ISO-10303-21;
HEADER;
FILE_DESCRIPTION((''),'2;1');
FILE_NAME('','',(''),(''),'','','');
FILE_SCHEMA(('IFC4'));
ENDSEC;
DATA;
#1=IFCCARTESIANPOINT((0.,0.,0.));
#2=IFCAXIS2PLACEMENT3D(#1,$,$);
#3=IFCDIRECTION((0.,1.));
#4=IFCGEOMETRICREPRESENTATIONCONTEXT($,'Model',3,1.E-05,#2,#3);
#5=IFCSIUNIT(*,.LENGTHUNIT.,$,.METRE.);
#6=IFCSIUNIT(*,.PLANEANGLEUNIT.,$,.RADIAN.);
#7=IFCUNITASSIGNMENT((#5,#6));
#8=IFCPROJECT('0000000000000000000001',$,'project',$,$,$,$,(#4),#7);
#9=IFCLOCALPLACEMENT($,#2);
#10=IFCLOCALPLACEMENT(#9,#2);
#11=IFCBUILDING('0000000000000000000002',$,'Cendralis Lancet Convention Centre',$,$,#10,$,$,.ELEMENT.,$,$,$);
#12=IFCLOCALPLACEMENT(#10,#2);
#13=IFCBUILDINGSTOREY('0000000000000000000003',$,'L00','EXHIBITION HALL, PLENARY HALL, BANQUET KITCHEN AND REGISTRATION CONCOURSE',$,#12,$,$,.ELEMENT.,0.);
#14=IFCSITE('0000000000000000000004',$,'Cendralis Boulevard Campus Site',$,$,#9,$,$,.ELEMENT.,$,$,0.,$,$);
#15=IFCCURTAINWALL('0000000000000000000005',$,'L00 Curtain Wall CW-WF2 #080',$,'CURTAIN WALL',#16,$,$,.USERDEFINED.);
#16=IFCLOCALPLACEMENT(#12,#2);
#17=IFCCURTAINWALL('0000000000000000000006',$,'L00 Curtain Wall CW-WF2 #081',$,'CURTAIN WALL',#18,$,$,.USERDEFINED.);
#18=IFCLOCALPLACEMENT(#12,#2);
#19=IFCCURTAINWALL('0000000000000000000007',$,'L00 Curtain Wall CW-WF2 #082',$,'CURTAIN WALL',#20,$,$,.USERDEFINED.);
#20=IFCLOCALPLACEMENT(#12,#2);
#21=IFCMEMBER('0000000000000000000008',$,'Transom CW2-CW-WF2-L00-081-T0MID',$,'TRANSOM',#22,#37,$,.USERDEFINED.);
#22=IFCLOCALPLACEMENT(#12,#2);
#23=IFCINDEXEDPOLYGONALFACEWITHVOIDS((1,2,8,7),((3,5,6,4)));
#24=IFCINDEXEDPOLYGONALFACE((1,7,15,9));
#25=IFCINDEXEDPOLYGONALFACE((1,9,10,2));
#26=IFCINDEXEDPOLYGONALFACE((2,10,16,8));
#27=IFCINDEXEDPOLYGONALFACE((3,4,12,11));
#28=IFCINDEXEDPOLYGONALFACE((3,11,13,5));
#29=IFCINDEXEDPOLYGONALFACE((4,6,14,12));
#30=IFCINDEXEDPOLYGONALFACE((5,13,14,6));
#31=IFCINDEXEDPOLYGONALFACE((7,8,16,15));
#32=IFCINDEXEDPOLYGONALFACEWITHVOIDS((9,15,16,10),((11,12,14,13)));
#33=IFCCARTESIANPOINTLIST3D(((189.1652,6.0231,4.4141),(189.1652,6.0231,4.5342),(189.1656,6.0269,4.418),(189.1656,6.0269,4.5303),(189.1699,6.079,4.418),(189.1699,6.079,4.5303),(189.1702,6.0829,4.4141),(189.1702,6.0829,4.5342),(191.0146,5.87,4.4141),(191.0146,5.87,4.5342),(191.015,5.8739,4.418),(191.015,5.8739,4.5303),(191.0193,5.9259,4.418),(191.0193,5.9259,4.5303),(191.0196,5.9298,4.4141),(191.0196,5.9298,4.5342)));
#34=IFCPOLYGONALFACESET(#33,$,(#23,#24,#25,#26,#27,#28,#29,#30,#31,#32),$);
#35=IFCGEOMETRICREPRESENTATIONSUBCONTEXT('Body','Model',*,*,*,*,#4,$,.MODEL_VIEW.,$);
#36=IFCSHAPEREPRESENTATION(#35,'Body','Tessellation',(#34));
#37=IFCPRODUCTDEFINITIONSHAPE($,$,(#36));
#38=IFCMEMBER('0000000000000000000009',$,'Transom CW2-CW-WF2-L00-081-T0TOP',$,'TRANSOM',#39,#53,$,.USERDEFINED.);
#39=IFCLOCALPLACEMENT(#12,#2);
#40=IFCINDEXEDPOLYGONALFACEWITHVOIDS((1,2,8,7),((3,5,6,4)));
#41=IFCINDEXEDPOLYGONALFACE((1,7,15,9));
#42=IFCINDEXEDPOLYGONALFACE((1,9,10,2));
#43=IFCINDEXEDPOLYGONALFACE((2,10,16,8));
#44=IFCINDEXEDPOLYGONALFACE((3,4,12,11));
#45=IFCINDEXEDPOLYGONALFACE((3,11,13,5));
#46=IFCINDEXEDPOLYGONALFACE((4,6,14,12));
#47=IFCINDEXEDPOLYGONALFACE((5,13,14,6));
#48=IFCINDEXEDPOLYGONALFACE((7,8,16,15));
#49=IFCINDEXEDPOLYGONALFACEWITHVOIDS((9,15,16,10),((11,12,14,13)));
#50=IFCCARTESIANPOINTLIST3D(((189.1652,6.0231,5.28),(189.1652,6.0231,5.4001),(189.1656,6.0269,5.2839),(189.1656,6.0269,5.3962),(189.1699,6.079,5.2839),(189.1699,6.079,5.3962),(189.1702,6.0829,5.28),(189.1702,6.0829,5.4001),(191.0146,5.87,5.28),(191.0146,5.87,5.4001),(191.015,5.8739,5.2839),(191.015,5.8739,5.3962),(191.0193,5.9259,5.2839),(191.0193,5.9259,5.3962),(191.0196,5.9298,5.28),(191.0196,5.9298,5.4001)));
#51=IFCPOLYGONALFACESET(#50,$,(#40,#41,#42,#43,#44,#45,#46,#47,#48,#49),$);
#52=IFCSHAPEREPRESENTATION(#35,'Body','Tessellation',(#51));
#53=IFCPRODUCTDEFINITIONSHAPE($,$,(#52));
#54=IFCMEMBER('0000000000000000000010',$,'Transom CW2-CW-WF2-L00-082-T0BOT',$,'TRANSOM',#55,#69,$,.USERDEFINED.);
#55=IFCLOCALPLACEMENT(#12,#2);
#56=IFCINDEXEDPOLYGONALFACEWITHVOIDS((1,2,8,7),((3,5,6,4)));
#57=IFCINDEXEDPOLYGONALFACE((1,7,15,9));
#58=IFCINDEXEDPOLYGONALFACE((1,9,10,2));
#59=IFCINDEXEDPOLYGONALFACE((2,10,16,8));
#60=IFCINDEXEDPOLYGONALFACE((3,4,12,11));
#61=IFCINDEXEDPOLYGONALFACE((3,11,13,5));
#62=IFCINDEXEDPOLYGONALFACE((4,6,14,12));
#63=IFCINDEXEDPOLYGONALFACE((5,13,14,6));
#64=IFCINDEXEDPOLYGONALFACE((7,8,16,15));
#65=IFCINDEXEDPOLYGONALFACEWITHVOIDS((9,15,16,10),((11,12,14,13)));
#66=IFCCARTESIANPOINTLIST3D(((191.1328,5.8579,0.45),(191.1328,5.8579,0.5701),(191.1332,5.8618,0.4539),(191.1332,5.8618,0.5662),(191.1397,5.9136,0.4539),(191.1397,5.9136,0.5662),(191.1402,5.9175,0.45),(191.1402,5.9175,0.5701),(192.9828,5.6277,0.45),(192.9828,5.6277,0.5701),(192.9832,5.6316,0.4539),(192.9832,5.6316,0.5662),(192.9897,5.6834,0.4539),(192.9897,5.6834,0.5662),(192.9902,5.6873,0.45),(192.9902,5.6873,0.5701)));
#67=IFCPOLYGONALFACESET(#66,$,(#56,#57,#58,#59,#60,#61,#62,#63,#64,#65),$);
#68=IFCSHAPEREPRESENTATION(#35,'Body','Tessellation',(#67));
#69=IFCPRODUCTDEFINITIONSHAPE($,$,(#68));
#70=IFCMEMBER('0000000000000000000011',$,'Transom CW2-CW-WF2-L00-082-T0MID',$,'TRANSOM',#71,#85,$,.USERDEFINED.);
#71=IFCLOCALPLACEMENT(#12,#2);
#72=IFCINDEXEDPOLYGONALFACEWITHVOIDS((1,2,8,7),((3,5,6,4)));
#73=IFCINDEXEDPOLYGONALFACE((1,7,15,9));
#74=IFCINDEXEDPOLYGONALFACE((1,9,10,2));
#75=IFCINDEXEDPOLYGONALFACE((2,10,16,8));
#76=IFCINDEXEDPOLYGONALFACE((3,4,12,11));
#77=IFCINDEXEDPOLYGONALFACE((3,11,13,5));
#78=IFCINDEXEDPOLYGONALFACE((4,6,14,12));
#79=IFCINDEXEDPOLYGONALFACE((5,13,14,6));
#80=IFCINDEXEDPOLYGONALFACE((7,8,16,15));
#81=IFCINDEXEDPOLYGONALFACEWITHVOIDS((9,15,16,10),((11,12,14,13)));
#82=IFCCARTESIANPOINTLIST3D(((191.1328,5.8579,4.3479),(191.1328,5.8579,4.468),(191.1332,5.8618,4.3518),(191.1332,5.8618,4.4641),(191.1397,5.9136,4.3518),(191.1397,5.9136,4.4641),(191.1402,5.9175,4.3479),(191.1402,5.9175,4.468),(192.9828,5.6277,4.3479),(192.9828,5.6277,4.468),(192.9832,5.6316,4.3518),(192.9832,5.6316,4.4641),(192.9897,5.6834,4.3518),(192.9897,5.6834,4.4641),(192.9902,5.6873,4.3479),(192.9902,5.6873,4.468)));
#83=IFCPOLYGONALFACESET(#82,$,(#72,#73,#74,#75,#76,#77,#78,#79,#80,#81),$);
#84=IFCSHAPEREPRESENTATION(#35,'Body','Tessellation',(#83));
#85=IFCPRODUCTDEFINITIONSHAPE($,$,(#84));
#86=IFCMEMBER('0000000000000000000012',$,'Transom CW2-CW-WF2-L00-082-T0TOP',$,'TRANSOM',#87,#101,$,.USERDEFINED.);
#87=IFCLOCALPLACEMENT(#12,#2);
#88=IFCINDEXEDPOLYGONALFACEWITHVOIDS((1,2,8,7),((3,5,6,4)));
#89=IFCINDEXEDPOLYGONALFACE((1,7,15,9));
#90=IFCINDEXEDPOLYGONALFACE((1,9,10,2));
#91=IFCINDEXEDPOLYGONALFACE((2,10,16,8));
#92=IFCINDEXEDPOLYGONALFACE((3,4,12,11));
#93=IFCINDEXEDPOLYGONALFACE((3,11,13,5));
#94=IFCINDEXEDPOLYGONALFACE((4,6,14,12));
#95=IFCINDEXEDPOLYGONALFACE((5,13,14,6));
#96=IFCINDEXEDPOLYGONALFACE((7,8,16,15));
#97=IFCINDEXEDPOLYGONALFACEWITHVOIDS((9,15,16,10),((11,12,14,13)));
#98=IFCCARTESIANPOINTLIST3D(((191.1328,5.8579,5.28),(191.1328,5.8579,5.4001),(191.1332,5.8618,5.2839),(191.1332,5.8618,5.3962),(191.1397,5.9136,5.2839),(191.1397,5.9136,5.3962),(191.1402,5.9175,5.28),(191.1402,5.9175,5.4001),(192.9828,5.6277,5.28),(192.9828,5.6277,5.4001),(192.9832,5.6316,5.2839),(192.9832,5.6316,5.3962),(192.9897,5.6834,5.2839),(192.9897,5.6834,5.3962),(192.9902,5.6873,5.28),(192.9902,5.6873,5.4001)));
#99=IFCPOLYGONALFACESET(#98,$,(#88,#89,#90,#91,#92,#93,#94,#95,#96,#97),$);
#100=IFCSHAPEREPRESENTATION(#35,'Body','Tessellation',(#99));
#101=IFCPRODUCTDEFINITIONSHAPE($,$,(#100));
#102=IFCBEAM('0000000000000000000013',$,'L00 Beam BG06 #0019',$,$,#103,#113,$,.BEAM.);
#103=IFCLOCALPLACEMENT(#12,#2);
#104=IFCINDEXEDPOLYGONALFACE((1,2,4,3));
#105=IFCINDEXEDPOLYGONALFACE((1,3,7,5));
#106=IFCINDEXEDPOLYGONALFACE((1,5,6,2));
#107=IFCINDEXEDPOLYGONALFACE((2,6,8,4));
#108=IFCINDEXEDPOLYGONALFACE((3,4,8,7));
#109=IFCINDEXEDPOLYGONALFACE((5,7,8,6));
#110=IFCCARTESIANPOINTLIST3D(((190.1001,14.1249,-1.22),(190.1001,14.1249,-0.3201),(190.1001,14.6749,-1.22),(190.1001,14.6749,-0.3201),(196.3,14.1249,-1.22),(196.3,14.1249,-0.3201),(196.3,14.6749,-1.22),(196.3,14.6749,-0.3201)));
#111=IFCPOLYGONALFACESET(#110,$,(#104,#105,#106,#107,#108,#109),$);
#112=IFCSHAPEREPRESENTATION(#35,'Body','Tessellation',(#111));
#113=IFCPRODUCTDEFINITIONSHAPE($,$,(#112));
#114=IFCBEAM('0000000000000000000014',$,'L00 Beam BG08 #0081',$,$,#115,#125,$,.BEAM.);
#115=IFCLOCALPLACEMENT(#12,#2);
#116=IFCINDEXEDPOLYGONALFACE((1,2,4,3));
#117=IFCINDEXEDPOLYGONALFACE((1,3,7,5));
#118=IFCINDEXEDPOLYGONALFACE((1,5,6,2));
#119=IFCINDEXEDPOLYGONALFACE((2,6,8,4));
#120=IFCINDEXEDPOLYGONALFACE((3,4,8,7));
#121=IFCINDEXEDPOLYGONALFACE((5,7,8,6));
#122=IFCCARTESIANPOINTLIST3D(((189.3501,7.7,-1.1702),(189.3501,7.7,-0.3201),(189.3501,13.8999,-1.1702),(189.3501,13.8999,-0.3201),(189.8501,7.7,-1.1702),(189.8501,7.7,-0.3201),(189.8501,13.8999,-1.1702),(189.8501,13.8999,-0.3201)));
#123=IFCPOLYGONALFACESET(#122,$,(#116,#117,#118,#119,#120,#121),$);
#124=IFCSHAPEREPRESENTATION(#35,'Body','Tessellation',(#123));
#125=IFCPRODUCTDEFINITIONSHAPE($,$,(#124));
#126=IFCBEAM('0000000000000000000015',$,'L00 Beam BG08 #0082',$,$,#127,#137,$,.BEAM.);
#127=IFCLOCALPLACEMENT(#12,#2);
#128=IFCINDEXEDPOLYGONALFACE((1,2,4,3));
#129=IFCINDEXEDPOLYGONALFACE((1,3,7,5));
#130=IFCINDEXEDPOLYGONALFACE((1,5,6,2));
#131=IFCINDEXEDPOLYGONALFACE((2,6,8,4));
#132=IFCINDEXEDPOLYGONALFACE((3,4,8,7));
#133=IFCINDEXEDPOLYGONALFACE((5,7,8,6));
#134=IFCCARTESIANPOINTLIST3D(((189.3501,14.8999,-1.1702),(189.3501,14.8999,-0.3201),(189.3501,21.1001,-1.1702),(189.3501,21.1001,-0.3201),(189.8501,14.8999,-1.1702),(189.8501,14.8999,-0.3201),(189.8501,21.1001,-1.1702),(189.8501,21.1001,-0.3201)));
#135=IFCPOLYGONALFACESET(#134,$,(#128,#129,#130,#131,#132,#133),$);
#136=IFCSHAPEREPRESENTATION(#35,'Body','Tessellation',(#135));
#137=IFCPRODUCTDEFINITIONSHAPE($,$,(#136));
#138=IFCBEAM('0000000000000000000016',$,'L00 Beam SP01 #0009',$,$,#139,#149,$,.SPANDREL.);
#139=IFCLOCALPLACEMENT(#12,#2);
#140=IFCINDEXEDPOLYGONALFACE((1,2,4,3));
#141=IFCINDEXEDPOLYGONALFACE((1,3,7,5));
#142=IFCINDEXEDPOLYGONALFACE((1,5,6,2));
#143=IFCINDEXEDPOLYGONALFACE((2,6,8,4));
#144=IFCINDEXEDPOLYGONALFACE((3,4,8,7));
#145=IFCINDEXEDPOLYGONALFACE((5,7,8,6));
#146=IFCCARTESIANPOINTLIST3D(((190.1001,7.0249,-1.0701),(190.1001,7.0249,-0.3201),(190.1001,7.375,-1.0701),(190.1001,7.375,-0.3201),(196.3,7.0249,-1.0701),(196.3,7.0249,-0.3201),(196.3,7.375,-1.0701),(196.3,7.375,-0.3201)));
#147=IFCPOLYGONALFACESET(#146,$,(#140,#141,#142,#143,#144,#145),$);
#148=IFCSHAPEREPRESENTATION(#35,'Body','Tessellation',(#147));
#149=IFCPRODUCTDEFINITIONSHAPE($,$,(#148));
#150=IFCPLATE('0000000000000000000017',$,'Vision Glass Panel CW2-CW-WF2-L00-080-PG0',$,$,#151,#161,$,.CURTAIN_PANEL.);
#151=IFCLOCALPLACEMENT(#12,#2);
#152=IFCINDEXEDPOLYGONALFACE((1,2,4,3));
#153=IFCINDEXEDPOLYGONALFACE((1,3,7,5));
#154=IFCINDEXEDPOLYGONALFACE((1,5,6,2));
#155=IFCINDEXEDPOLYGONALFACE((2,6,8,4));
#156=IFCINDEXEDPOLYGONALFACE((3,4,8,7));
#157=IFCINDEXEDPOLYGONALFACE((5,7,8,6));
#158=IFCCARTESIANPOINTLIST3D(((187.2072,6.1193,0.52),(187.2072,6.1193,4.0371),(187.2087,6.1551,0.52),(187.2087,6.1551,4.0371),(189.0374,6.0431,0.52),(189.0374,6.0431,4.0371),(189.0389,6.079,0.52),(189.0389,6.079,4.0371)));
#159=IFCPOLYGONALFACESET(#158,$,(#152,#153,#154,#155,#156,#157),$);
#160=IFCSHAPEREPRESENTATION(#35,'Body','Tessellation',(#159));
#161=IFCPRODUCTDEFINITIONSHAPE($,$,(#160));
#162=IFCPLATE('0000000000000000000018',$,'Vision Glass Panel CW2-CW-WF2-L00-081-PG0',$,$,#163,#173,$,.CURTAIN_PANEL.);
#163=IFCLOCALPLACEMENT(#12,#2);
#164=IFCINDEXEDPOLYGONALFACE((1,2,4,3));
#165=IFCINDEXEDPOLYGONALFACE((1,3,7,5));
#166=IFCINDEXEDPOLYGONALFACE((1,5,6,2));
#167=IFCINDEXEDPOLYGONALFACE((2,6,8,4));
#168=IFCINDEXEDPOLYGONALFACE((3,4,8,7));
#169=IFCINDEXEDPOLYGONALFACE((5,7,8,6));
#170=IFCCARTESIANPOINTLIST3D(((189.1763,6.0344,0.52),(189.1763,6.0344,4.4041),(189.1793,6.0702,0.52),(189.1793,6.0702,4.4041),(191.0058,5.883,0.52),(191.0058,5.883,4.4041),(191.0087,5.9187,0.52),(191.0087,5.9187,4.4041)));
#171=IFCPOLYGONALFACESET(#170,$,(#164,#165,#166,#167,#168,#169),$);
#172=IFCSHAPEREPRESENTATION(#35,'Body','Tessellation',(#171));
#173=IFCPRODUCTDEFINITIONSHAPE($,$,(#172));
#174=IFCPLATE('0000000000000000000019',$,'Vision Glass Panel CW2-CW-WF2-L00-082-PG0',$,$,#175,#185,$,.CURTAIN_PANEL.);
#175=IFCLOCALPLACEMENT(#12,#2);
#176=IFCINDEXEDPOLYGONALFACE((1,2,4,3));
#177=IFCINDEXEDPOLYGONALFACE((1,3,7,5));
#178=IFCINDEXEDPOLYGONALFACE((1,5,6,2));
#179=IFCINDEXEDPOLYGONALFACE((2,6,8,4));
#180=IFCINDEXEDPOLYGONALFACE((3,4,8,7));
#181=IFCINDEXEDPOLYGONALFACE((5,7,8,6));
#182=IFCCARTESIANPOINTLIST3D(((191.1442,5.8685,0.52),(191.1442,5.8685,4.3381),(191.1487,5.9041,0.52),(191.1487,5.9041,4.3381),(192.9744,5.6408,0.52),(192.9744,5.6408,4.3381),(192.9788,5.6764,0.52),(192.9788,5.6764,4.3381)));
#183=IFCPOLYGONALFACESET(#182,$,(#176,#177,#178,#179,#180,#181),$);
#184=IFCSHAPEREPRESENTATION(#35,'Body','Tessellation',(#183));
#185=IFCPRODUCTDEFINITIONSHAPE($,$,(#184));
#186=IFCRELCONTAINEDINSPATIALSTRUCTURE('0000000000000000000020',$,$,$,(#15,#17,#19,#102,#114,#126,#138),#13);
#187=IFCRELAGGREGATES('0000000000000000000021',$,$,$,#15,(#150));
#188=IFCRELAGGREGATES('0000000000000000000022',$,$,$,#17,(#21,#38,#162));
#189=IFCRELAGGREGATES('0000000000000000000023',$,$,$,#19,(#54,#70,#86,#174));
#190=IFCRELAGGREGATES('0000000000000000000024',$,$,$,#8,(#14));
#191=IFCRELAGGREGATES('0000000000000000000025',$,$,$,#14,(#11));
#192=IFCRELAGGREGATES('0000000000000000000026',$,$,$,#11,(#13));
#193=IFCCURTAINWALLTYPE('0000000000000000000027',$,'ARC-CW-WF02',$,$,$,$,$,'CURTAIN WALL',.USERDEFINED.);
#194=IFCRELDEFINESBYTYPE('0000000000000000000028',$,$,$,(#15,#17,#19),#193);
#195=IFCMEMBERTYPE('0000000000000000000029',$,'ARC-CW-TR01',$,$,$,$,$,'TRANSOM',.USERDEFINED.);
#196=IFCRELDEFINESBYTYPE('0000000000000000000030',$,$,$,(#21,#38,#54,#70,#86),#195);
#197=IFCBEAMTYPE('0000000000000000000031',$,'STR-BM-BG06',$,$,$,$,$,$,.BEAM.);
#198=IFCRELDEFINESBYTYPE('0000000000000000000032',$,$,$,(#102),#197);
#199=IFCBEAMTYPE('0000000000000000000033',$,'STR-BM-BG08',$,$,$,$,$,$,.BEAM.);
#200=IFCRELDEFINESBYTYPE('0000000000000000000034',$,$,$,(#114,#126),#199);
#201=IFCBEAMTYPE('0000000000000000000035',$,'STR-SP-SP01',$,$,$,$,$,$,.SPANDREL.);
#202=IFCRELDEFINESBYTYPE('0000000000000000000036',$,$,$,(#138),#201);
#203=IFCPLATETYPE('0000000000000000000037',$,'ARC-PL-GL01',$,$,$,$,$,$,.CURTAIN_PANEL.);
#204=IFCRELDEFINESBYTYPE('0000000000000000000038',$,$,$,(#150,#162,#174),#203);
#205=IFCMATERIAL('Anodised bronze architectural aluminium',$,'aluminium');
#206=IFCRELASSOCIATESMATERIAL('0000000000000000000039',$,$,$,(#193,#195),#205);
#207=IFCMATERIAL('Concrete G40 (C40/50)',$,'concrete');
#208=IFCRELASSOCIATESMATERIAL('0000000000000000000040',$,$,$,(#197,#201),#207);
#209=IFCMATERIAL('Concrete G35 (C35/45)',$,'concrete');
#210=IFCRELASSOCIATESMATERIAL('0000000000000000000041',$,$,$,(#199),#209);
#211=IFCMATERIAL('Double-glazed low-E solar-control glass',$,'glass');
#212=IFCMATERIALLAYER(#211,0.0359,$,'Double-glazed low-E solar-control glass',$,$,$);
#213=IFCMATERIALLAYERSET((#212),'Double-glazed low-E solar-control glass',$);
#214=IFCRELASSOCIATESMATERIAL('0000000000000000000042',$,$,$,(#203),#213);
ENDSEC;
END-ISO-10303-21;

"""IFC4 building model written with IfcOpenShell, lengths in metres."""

from ifc_helpers import new_model, si_unit, direction, frame, origin, origin_2d, place, context, subcontext, project, spatial, rectangle, hollow_rectangle, extrude, material, layer, layer_set, material_profile, profile_set, type_object, element, aggregate, save


model = new_model("IFC4")

# Units and contexts
model_context = context("Model", 3, precision=1e-05, world=origin(), true_north=direction((0.0, 1.0)))
body_context = subcontext(model_context, "Body", "Model", "MODEL_VIEW")
ifc_project = project(units=[si_unit("LENGTHUNIT", "METRE"), si_unit("PLANEANGLEUNIT", "RADIAN")], contexts=[model_context])

# Site, building, storey
site_placement = place(None, origin())
site = spatial("IfcSite", under=ifc_project, at=site_placement, Name="Cendralis Boulevard Campus Site", CompositionType="ELEMENT", RefElevation=0.0)
building_placement = place(site_placement, origin())
building = spatial("IfcBuilding", under=site, at=building_placement, Name="Cendralis Lancet Convention Centre", CompositionType="ELEMENT")
storey_placement = place(building_placement, origin())
storey = spatial("IfcBuildingStorey", under=building, at=storey_placement, Name="L00", Description="EXHIBITION HALL, PLENARY HALL, BANQUET KITCHEN AND REGISTRATION CONCOURSE", CompositionType="ELEMENT", Elevation=0.0)

# Shared definitions
ifc_material_1 = material(Name="Concrete G40 (C40/50)", Category="concrete")

# Curtain walls
ifc_material_2 = material(Name="Anodised bronze architectural aluminium", Category="aluminium")
curtain_wall_type = type_object("IfcCurtainWallType", Name="ARC-CW-WF02", ElementType="CURTAIN WALL", PredefinedType="USERDEFINED", material=ifc_material_2)
curtain_wall_1_placement = place(storey_placement, origin())
curtain_wall_1 = element("IfcCurtainWall", 1, at=curtain_wall_1_placement, inside=storey, type_object=curtain_wall_type, Name="L00 Curtain Wall CW-WF2 #080", ObjectType="CURTAIN WALL", PredefinedType="USERDEFINED")
curtain_wall_2_placement = place(storey_placement, origin())
curtain_wall_2 = element("IfcCurtainWall", 2, at=curtain_wall_2_placement, inside=storey, type_object=curtain_wall_type, Name="L00 Curtain Wall CW-WF2 #081", ObjectType="CURTAIN WALL", PredefinedType="USERDEFINED")

# Curtain wall
curtain_wall_3_placement = place(storey_placement, origin())
curtain_wall_3 = element("IfcCurtainWall", 3, at=curtain_wall_3_placement, inside=storey, type_object=curtain_wall_type, Name="L00 Curtain Wall CW-WF2 #082", ObjectType="CURTAIN WALL", PredefinedType="USERDEFINED")

# Members
ifc_material_profile_1 = material_profile(ifc_material_2, hollow_rectangle(XDim=0.0601, YDim=0.1201, WallThickness=0.0039, at=origin_2d()), Name="AL-TRAN 60x120x4.0")
ifc_profile_set_1 = profile_set([ifc_material_profile_1], Name="Anodised bronze architectural aluminium")
member_type_1 = type_object("IfcMemberType", Name="ARC-CW-TR01", ElementType="TRANSOM", PredefinedType="USERDEFINED", material=ifc_profile_set_1)
member_1_placement = place(storey_placement, frame((189.1677, 6.053, 4.4741), z_axis=(0.996592, -0.08249, 0.0), x_axis=(0.08249, 0.996592, 0.0)))
member_1 = element("IfcMember", 4, at=member_1_placement, type_object=member_type_1, Name="Transom CW2-CW-WF2-L00-081-T0MID", ObjectType="TRANSOM", PredefinedType="USERDEFINED", context=body_context, shape_type="SweptSolid", body=[
    extrude(hollow_rectangle(XDim=0.0601, YDim=0.1201, WallThickness=0.0039, at=origin_2d()), origin(), (0.0, 0.0, 1.0), 1.8557),
])
member_2_placement = place(storey_placement, frame((189.1677, 6.053, 5.3401), z_axis=(0.996592, -0.08249, 0.0), x_axis=(0.08249, 0.996592, 0.0)))
member_2 = element("IfcMember", 5, at=member_2_placement, type_object=member_type_1, Name="Transom CW2-CW-WF2-L00-081-T0TOP", ObjectType="TRANSOM", PredefinedType="USERDEFINED", context=body_context, shape_type="SweptSolid", body=[
    extrude(hollow_rectangle(XDim=0.0601, YDim=0.1201, WallThickness=0.0039, at=origin_2d()), origin(), (0.0, 0.0, 1.0), 1.8557),
])
member_3_placement = place(storey_placement, frame((191.1365, 5.8877, 0.51), z_axis=(0.992346, -0.123487, 0.0), x_axis=(0.123487, 0.992346, 0.0)))
member_3 = element("IfcMember", 6, at=member_3_placement, type_object=member_type_1, Name="Transom CW2-CW-WF2-L00-082-T0BOT", ObjectType="TRANSOM", PredefinedType="USERDEFINED", context=body_context, shape_type="SweptSolid", body=[
    extrude(hollow_rectangle(XDim=0.0601, YDim=0.1201, WallThickness=0.0039, at=origin_2d()), origin(), (0.0, 0.0, 1.0), 1.8643),
])
member_4_placement = place(storey_placement, frame((191.1365, 5.8877, 4.408), z_axis=(0.992346, -0.123487, 0.0), x_axis=(0.123487, 0.992346, 0.0)))
member_4 = element("IfcMember", 7, at=member_4_placement, type_object=member_type_1, Name="Transom CW2-CW-WF2-L00-082-T0MID", ObjectType="TRANSOM", PredefinedType="USERDEFINED", context=body_context, shape_type="SweptSolid", body=[
    extrude(hollow_rectangle(XDim=0.0601, YDim=0.1201, WallThickness=0.0039, at=origin_2d()), origin(), (0.0, 0.0, 1.0), 1.8643),
])
member_5_placement = place(storey_placement, frame((191.1365, 5.8877, 5.3401), z_axis=(0.992346, -0.123487, 0.0), x_axis=(0.123487, 0.992346, 0.0)))
member_5 = element("IfcMember", 8, at=member_5_placement, type_object=member_type_1, Name="Transom CW2-CW-WF2-L00-082-T0TOP", ObjectType="TRANSOM", PredefinedType="USERDEFINED", context=body_context, shape_type="SweptSolid", body=[
    extrude(hollow_rectangle(XDim=0.0601, YDim=0.1201, WallThickness=0.0039, at=origin_2d()), origin(), (0.0, 0.0, 1.0), 1.8643),
])

# Beams
ifc_material_profile_2 = material_profile(ifc_material_1, rectangle(XDim=0.55, YDim=0.8999, at=origin_2d()), Name="RCB 550x900")
ifc_profile_set_2 = profile_set([ifc_material_profile_2], Name="Concrete G40 (C40/50)")
beam_type_1 = type_object("IfcBeamType", Name="STR-BM-BG06", PredefinedType="BEAM", material=ifc_profile_set_2)
beam_1_placement = place(storey_placement, frame((190.1001, 14.3999, -0.77), z_axis=(1.0, 0.0, 0.0), x_axis=(0.0, 1.0, 0.0)))
element("IfcBeam", 9, at=beam_1_placement, inside=storey, type_object=beam_type_1, Name="L00 Beam BG06 #0019", PredefinedType="BEAM", context=body_context, shape_type="SweptSolid", body=[
    extrude(rectangle(XDim=0.55, YDim=0.8999, at=origin_2d()), origin(), (0.0, 0.0, 1.0), 6.2),
])
ifc_material_3 = material(Name="Concrete G35 (C35/45)", Category="concrete")
ifc_material_profile_3 = material_profile(ifc_material_3, rectangle(XDim=0.5, YDim=0.8501, at=origin_2d()), Name="RCB 500x850")
ifc_profile_set_3 = profile_set([ifc_material_profile_3], Name="Concrete G35 (C35/45)")
beam_type_2 = type_object("IfcBeamType", Name="STR-BM-BG08", PredefinedType="BEAM", material=ifc_profile_set_3)
beam_2_placement = place(storey_placement, frame((189.6001, 7.7, -0.7451), z_axis=(0.0, 1.0, 0.0), x_axis=(-1.0, 0.0, 0.0)))
element("IfcBeam", 10, at=beam_2_placement, inside=storey, type_object=beam_type_2, Name="L00 Beam BG08 #0081", PredefinedType="BEAM", context=body_context, shape_type="SweptSolid", body=[
    extrude(rectangle(XDim=0.5, YDim=0.8501, at=origin_2d()), origin(), (0.0, 0.0, 1.0), 6.2),
])
beam_3_placement = place(storey_placement, frame((189.6001, 14.8999, -0.7451), z_axis=(0.0, 1.0, 0.0), x_axis=(-1.0, 0.0, 0.0)))
element("IfcBeam", 11, at=beam_3_placement, inside=storey, type_object=beam_type_2, Name="L00 Beam BG08 #0082", PredefinedType="BEAM", context=body_context, shape_type="SweptSolid", body=[
    extrude(rectangle(XDim=0.5, YDim=0.8501, at=origin_2d()), origin(), (0.0, 0.0, 1.0), 6.2002),
])
ifc_material_profile_4 = material_profile(ifc_material_1, rectangle(XDim=0.3501, YDim=0.75, at=origin_2d()), Name="RCB 350x750")
ifc_profile_set_4 = profile_set([ifc_material_profile_4], Name="Concrete G40 (C40/50)")
beam_type_3 = type_object("IfcBeamType", Name="STR-SP-SP01", PredefinedType="SPANDREL", material=ifc_profile_set_4)
beam_4_placement = place(storey_placement, frame((190.1001, 7.2, -0.6951), z_axis=(1.0, 0.0, 0.0), x_axis=(0.0, 1.0, 0.0)))
element("IfcBeam", 12, at=beam_4_placement, inside=storey, type_object=beam_type_3, Name="L00 Beam SP01 #0009", PredefinedType="SPANDREL", context=body_context, shape_type="SweptSolid", body=[
    extrude(rectangle(XDim=0.3501, YDim=0.75, at=origin_2d()), origin(), (0.0, 0.0, 1.0), 6.2),
])

# Plates
ifc_material_4 = material(Name="Double-glazed low-E solar-control glass", Category="glass")
ifc_layer_1 = layer(ifc_material_4, 0.0359, Name="Double-glazed low-E solar-control glass")
ifc_layer_set_1 = layer_set([ifc_layer_1], Name="Double-glazed low-E solar-control glass")
plate_type_1 = type_object("IfcPlateType", Name="ARC-PL-GL01", PredefinedType="CURTAIN_PANEL", material=ifc_layer_set_1)
plate_1_placement = place(storey_placement, frame((188.123, 6.0991, 0.52), z_axis=(0.0, 0.0, 1.0), x_axis=(0.999135, -0.041588, 0.0)))
plate_1 = element("IfcPlate", 13, at=plate_1_placement, type_object=plate_type_1, Name="Vision Glass Panel CW2-CW-WF2-L00-080-PG0", PredefinedType="CURTAIN_PANEL", context=body_context, shape_type="SweptSolid", body=[
    extrude(rectangle(XDim=1.8318, YDim=0.0359, at=origin_2d()), origin(), (0.0, 0.0, 1.0), 3.5171),
])
plate_2_placement = place(storey_placement, frame((190.0925, 5.9766, 0.52), z_axis=(0.0, 0.0, 1.0), x_axis=(0.996591, -0.082501, 0.0)))
plate_2 = element("IfcPlate", 14, at=plate_2_placement, type_object=plate_type_1, Name="Vision Glass Panel CW2-CW-WF2-L00-081-PG0", PredefinedType="CURTAIN_PANEL", context=body_context, shape_type="SweptSolid", body=[
    extrude(rectangle(XDim=1.8357, YDim=0.0359, at=origin_2d()), origin(), (0.0, 0.0, 1.0), 3.884),
])
plate_3_placement = place(storey_placement, frame((192.0615, 5.7725, 0.52), z_axis=(0.0, 0.0, 1.0), x_axis=(0.992348, -0.123476, 0.0)))
plate_3 = element("IfcPlate", 15, at=plate_3_placement, type_object=plate_type_1, Name="Vision Glass Panel CW2-CW-WF2-L00-082-PG0", PredefinedType="CURTAIN_PANEL", context=body_context, shape_type="SweptSolid", body=[
    extrude(rectangle(XDim=1.8442, YDim=0.0359, at=origin_2d()), origin(), (0.0, 0.0, 1.0), 3.8181),
])
aggregate(curtain_wall_1, [plate_1])
aggregate(curtain_wall_2, [member_1, member_2, plate_2])
aggregate(curtain_wall_3, [member_3, member_4, member_5, plate_3])

save(model, "model.ifc")
